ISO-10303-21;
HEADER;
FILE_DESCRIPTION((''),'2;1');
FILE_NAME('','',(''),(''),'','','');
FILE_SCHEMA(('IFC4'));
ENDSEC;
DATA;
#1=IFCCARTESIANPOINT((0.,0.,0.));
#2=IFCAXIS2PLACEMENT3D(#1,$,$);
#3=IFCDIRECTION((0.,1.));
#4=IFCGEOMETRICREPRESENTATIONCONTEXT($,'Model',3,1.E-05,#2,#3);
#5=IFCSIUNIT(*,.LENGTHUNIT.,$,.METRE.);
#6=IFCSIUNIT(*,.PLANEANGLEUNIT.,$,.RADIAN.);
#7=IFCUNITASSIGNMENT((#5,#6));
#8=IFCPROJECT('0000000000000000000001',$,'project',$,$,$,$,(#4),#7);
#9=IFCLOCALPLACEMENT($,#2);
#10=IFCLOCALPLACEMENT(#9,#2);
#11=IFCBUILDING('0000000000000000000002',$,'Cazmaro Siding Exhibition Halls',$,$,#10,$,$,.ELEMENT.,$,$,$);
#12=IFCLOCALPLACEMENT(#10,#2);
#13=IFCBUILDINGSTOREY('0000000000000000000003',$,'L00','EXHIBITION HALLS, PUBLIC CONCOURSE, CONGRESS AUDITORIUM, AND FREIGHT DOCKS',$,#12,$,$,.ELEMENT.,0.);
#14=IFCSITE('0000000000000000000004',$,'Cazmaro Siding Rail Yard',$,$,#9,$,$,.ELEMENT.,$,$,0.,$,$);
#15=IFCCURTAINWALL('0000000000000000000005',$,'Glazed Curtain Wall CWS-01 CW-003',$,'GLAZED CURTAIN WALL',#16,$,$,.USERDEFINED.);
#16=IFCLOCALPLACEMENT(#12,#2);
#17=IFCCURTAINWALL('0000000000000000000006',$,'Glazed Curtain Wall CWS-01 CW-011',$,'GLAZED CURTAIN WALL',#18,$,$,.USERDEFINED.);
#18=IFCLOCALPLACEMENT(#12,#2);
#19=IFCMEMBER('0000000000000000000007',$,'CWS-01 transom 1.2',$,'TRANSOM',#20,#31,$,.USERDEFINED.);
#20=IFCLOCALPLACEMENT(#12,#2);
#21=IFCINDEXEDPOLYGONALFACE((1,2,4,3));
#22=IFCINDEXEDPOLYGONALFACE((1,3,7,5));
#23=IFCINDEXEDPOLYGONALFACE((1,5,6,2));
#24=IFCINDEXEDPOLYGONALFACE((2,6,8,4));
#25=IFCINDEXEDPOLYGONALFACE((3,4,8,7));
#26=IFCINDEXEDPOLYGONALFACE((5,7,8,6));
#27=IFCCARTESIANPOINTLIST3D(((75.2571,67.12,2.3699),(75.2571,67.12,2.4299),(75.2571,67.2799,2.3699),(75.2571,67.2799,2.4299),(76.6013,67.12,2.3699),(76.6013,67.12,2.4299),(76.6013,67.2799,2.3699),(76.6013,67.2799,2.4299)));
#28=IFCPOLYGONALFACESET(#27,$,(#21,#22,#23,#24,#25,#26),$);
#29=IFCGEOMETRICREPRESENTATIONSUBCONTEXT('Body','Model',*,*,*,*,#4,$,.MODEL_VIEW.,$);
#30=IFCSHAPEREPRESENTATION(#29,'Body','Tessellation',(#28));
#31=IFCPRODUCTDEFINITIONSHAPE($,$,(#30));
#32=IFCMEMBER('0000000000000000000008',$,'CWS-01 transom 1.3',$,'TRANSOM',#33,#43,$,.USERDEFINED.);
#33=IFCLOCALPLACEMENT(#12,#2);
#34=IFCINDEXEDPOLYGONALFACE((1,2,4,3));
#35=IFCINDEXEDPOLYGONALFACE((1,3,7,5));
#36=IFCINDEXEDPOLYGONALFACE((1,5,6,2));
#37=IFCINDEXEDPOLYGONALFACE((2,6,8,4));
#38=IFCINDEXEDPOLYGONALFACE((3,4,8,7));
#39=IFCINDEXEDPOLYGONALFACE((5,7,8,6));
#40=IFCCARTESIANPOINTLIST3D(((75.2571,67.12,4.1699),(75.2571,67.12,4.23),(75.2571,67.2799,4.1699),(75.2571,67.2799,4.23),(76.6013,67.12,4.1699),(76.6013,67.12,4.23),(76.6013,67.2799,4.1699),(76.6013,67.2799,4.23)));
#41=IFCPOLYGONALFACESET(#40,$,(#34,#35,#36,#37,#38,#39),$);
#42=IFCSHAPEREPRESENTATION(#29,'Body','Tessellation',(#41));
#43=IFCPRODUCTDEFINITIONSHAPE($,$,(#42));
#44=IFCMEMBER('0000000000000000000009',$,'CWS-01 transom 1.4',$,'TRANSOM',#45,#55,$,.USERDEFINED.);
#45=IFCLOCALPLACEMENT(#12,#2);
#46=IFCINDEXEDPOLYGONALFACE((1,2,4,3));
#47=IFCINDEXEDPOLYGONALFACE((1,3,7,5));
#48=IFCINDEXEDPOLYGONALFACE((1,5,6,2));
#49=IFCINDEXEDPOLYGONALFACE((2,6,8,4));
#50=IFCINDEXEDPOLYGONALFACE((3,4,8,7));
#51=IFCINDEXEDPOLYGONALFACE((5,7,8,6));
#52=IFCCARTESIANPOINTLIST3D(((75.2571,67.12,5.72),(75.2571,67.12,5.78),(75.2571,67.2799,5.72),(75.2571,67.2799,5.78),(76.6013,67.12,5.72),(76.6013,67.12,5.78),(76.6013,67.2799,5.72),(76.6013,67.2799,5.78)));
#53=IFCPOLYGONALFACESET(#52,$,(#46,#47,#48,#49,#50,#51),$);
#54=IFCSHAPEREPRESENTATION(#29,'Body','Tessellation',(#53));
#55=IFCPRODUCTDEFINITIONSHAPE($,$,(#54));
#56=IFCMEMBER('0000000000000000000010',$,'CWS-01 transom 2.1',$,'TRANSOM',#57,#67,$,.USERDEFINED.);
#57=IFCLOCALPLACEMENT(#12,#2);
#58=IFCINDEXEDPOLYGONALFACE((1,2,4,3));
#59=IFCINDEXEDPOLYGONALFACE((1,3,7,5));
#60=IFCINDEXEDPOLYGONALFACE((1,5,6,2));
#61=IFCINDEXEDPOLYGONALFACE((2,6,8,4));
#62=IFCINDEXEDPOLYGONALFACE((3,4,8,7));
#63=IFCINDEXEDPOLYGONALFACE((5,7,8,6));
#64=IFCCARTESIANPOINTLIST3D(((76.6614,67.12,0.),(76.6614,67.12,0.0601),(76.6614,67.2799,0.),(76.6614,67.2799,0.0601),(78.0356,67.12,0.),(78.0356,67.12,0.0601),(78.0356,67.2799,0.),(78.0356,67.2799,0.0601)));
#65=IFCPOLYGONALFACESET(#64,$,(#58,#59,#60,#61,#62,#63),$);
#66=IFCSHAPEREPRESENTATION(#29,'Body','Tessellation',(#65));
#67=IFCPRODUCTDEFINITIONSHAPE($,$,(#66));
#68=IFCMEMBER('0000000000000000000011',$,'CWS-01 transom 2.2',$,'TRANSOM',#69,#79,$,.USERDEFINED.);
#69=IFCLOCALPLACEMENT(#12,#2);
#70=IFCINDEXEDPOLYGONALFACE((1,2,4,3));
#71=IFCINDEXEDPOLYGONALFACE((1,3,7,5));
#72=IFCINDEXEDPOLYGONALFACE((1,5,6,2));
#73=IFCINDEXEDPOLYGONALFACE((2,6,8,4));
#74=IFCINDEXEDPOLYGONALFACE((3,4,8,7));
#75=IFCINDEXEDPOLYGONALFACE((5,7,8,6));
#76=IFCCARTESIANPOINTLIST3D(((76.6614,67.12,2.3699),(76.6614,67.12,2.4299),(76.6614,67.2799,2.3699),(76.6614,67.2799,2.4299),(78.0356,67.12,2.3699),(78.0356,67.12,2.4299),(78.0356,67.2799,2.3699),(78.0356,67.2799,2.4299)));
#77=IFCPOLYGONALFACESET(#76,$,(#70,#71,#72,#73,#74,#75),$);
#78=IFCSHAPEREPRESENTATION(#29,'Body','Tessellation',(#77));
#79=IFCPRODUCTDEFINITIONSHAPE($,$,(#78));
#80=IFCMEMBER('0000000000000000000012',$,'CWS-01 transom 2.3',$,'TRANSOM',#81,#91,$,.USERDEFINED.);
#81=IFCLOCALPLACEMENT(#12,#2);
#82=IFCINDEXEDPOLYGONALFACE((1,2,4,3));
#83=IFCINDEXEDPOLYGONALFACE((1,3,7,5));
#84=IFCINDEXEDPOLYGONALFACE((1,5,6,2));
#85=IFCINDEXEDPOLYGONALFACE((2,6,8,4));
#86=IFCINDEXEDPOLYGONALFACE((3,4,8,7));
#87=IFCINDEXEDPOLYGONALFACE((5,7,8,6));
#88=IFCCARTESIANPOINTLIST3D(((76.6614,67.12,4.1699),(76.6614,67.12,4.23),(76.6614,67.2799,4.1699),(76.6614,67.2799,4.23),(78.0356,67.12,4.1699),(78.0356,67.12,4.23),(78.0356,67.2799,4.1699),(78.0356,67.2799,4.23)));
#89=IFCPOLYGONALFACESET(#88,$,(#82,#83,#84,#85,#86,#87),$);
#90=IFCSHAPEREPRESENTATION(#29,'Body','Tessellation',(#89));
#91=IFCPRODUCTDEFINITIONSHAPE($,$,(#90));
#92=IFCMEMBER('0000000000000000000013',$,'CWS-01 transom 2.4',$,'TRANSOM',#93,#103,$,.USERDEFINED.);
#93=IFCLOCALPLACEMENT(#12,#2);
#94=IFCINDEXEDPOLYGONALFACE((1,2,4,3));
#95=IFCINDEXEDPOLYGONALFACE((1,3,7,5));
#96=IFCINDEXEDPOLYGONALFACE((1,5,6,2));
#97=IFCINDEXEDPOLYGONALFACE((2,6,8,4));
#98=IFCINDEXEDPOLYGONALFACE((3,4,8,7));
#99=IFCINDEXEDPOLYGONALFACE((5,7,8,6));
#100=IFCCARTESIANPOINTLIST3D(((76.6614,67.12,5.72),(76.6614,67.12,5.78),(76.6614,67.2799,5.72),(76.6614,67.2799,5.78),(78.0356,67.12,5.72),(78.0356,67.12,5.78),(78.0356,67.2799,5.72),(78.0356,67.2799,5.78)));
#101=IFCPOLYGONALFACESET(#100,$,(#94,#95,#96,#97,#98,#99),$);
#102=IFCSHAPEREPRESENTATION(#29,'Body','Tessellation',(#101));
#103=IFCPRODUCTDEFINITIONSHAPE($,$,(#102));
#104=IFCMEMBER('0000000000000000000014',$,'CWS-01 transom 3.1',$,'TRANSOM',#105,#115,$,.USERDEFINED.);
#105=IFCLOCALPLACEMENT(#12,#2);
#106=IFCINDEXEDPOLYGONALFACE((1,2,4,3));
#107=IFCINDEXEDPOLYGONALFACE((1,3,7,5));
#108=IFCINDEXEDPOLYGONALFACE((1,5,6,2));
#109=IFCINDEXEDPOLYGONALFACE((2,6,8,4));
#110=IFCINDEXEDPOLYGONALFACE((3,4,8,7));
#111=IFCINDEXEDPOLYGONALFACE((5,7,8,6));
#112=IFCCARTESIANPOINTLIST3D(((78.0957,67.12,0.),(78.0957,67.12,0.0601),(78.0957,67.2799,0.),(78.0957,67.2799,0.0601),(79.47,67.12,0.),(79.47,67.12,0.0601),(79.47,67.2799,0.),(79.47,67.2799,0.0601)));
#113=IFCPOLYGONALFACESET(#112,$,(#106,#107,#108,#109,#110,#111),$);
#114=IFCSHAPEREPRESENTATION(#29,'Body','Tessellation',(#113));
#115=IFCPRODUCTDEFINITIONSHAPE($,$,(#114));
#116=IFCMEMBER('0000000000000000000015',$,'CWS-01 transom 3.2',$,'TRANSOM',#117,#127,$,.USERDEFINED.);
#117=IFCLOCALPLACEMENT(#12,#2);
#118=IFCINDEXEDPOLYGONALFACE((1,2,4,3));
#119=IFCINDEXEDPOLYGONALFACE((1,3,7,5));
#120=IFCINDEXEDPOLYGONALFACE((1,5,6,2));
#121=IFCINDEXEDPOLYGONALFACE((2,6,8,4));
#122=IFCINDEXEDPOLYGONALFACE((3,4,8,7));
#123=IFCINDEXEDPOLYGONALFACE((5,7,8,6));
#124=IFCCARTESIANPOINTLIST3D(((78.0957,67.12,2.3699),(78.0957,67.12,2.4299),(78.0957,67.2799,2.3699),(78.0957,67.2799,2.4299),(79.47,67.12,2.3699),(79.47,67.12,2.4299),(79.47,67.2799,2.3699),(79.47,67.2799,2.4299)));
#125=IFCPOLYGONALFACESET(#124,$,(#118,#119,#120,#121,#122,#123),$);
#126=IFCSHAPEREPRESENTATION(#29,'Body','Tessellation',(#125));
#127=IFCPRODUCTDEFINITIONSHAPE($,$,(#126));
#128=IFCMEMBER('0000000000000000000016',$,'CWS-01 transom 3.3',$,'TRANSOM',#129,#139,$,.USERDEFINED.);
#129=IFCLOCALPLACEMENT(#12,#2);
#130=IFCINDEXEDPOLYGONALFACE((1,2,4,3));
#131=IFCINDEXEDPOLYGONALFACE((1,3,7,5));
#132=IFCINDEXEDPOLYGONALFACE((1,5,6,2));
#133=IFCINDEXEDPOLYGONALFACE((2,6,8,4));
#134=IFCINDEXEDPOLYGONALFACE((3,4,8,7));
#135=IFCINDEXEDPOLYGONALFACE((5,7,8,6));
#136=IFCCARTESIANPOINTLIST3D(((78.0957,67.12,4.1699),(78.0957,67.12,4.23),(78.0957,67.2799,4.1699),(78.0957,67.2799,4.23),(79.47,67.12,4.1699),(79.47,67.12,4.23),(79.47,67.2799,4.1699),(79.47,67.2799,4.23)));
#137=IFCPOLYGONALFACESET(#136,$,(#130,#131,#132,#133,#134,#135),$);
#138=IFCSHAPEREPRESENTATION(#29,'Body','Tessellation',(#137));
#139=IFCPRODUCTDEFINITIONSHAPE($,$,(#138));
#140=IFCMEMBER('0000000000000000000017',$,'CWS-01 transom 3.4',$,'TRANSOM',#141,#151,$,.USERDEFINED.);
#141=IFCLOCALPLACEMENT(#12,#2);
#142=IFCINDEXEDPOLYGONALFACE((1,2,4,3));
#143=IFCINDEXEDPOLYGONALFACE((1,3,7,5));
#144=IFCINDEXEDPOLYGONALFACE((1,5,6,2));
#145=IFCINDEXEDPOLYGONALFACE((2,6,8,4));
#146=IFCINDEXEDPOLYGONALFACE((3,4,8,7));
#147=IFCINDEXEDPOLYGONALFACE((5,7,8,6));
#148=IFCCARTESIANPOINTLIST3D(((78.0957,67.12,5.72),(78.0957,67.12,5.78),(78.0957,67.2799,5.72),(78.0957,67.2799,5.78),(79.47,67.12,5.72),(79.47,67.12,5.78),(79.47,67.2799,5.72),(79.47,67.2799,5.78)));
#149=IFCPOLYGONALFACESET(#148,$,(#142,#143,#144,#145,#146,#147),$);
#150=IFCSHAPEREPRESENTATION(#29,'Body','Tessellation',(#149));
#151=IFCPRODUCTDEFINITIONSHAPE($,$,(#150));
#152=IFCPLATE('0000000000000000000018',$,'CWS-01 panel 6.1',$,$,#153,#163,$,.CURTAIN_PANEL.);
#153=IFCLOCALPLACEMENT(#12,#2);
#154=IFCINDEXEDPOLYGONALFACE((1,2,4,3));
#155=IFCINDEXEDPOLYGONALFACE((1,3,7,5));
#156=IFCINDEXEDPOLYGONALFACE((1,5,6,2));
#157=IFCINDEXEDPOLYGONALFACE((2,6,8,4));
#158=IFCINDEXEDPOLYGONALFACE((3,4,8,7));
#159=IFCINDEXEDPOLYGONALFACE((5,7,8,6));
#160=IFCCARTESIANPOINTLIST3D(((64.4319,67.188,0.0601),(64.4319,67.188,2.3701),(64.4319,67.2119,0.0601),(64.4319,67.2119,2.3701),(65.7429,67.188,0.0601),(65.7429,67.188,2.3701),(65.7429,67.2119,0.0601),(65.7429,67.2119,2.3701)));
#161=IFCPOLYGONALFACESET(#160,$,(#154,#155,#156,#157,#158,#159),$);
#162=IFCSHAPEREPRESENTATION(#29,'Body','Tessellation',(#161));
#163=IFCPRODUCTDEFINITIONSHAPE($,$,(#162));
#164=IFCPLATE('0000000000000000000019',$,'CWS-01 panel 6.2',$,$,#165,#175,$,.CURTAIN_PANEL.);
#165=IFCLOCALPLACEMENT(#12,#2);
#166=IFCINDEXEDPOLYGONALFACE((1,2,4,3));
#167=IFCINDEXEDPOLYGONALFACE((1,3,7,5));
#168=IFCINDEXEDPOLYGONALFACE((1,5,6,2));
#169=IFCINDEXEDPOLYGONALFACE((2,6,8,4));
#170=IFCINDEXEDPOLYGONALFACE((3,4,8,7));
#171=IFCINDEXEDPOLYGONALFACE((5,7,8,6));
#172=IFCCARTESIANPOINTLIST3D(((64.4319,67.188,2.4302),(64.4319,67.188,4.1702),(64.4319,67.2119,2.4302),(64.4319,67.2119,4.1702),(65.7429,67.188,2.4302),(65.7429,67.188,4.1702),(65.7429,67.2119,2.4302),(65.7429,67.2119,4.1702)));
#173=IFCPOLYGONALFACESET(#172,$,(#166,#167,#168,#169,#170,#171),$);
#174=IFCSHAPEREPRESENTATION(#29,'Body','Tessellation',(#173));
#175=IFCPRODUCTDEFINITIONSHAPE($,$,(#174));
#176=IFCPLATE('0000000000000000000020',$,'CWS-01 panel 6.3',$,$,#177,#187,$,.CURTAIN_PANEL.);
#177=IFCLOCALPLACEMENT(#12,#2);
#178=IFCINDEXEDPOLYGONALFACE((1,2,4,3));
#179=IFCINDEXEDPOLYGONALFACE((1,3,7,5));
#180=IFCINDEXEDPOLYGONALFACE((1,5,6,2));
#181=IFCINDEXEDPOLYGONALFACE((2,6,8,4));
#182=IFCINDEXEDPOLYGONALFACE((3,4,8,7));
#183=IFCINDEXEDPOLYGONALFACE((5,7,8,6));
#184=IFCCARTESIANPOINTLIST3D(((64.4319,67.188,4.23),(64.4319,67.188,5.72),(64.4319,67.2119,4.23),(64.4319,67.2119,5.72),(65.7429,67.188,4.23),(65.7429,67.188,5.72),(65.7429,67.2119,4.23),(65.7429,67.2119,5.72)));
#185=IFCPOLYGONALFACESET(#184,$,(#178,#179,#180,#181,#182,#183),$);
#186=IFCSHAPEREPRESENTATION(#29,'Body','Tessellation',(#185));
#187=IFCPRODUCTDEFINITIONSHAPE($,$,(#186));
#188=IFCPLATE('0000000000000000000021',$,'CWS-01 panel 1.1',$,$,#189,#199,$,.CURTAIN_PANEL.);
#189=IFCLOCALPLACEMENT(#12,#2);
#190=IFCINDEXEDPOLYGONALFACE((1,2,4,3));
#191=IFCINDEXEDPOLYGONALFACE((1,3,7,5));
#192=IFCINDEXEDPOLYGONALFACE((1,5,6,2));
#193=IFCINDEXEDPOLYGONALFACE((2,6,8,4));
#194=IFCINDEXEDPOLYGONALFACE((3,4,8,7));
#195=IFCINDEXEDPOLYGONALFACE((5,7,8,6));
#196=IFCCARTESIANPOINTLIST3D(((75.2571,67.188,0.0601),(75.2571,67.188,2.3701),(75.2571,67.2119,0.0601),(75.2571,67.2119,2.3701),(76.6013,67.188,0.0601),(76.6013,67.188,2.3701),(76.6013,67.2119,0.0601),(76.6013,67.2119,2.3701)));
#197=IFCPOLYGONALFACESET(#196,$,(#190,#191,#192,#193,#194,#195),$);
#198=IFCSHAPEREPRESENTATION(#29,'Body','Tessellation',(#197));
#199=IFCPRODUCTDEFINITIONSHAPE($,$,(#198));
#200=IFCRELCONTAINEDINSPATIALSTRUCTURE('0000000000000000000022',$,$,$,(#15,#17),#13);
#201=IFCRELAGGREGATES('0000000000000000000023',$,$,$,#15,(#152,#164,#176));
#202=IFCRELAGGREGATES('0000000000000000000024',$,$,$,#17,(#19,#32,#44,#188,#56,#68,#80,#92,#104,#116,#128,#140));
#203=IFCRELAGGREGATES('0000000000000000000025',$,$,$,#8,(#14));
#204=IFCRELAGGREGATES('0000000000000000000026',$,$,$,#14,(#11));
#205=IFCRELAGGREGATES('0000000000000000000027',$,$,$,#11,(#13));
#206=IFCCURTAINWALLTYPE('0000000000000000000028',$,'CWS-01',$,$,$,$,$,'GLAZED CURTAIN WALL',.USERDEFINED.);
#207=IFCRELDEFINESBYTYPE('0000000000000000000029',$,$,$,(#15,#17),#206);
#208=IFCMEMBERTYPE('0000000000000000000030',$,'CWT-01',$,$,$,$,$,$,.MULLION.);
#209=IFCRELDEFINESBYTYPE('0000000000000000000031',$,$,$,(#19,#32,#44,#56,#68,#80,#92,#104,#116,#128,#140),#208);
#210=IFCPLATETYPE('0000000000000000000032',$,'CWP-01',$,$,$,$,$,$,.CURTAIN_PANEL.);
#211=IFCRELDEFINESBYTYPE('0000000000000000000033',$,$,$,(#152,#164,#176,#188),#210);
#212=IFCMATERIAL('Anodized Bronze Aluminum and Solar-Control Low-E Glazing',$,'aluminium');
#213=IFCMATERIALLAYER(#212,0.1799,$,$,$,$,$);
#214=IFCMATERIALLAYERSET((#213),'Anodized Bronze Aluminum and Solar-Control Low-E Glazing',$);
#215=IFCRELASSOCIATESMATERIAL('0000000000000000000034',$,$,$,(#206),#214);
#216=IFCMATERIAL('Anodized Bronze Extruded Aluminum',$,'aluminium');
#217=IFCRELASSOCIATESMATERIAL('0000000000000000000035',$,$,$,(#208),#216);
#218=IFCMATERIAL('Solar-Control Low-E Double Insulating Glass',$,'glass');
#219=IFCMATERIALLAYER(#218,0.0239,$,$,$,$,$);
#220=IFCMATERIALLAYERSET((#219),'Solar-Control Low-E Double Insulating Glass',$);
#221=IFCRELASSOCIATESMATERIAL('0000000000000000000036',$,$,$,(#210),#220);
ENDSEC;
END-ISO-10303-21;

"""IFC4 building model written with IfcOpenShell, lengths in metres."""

from ifc_helpers import new_model, si_unit, direction, frame, origin, origin_2d, place, context, subcontext, project, spatial, rectangle, extrude, material, layer, layer_set, material_profile, profile_set, type_object, element, aggregate, save


model = new_model("IFC4")

# Units and contexts
model_context = context("Model", 3, precision=1e-05, world=origin(), true_north=direction((0.0, 1.0)))
body_context = subcontext(model_context, "Body", "Model", "MODEL_VIEW")
ifc_project = project(units=[si_unit("LENGTHUNIT", "METRE"), si_unit("PLANEANGLEUNIT", "RADIAN")], contexts=[model_context])

# Site, building, storey
site_placement = place(None, origin())
site = spatial("IfcSite", under=ifc_project, at=site_placement, Name="Cazmaro Siding Rail Yard", CompositionType="ELEMENT", RefElevation=0.0)
building_placement = place(site_placement, origin())
building = spatial("IfcBuilding", under=site, at=building_placement, Name="Cazmaro Siding Exhibition Halls", CompositionType="ELEMENT")
storey_placement = place(building_placement, origin())
storey = spatial("IfcBuildingStorey", under=building, at=storey_placement, Name="L00", Description="EXHIBITION HALLS, PUBLIC CONCOURSE, CONGRESS AUDITORIUM, AND FREIGHT DOCKS", CompositionType="ELEMENT", Elevation=0.0)

# Curtain walls
ifc_material_1 = material(Name="Anodized Bronze Aluminum and Solar-Control Low-E Glazing", Category="aluminium")
ifc_layer_1 = layer(ifc_material_1, 0.1799)
ifc_layer_set_1 = layer_set([ifc_layer_1], Name="Anodized Bronze Aluminum and Solar-Control Low-E Glazing")
curtain_wall_type = type_object("IfcCurtainWallType", Name="CWS-01", ElementType="GLAZED CURTAIN WALL", PredefinedType="USERDEFINED", material=ifc_layer_set_1)
curtain_wall_1_placement = place(storey_placement, origin())
curtain_wall_1 = element("IfcCurtainWall", 1, at=curtain_wall_1_placement, inside=storey, type_object=curtain_wall_type, Name="Glazed Curtain Wall CWS-01 CW-003", ObjectType="GLAZED CURTAIN WALL", PredefinedType="USERDEFINED")
curtain_wall_2_placement = place(storey_placement, origin())
curtain_wall_2 = element("IfcCurtainWall", 2, at=curtain_wall_2_placement, inside=storey, type_object=curtain_wall_type, Name="Glazed Curtain Wall CWS-01 CW-011", ObjectType="GLAZED CURTAIN WALL", PredefinedType="USERDEFINED")

# Members
ifc_material_2 = material(Name="Anodized Bronze Extruded Aluminum", Category="aluminium")
ifc_material_profile_1 = material_profile(ifc_material_2, rectangle(XDim=0.1599, YDim=0.0601, at=origin_2d()), Name="CWT-01")
ifc_profile_set_1 = profile_set([ifc_material_profile_1], Name="Anodized Bronze Extruded Aluminum")
member_type_1 = type_object("IfcMemberType", Name="CWT-01", PredefinedType="MULLION", material=ifc_profile_set_1)
member_1_placement = place(storey_placement, frame((75.2571, 67.2, 2.3999), z_axis=(1.0, 0.0, 0.0), x_axis=(0.0, 1.0, 0.0)))
member_1 = element("IfcMember", 3, at=member_1_placement, type_object=member_type_1, Name="CWS-01 transom 1.2", ObjectType="TRANSOM", PredefinedType="USERDEFINED", context=body_context, shape_type="SweptSolid", body=[
    extrude(rectangle(XDim=0.1599, YDim=0.0601, at=origin_2d()), origin(), (0.0, 0.0, 1.0), 1.3442),
])
member_2_placement = place(storey_placement, frame((75.2571, 67.2, 4.2), z_axis=(1.0, 0.0, 0.0), x_axis=(0.0, 1.0, 0.0)))
member_2 = element("IfcMember", 4, at=member_2_placement, type_object=member_type_1, Name="CWS-01 transom 1.3", ObjectType="TRANSOM", PredefinedType="USERDEFINED", context=body_context, shape_type="SweptSolid", body=[
    extrude(rectangle(XDim=0.1599, YDim=0.0601, at=origin_2d()), origin(), (0.0, 0.0, 1.0), 1.3442),
])
member_3_placement = place(storey_placement, frame((75.2571, 67.2, 5.75), z_axis=(1.0, 0.0, 0.0), x_axis=(0.0, 1.0, 0.0)))
member_3 = element("IfcMember", 5, at=member_3_placement, type_object=member_type_1, Name="CWS-01 transom 1.4", ObjectType="TRANSOM", PredefinedType="USERDEFINED", context=body_context, shape_type="SweptSolid", body=[
    extrude(rectangle(XDim=0.1599, YDim=0.0601, at=origin_2d()), origin(), (0.0, 0.0, 1.0), 1.3442),
])
member_4_placement = place(storey_placement, frame((76.6614, 67.2, 0.03), z_axis=(1.0, 0.0, 0.0), x_axis=(0.0, 1.0, 0.0)))
member_4 = element("IfcMember", 6, at=member_4_placement, type_object=member_type_1, Name="CWS-01 transom 2.1", ObjectType="TRANSOM", PredefinedType="USERDEFINED", context=body_context, shape_type="SweptSolid", body=[
    extrude(rectangle(XDim=0.1599, YDim=0.0601, at=origin_2d()), origin(), (0.0, 0.0, 1.0), 1.3743),
])
member_5_placement = place(storey_placement, frame((76.6614, 67.2, 2.3999), z_axis=(1.0, 0.0, 0.0), x_axis=(0.0, 1.0, 0.0)))
member_5 = element("IfcMember", 7, at=member_5_placement, type_object=member_type_1, Name="CWS-01 transom 2.2", ObjectType="TRANSOM", PredefinedType="USERDEFINED", context=body_context, shape_type="SweptSolid", body=[
    extrude(rectangle(XDim=0.1599, YDim=0.0601, at=origin_2d()), origin(), (0.0, 0.0, 1.0), 1.3743),
])
member_6_placement = place(storey_placement, frame((76.6614, 67.2, 4.2), z_axis=(1.0, 0.0, 0.0), x_axis=(0.0, 1.0, 0.0)))
member_6 = element("IfcMember", 8, at=member_6_placement, type_object=member_type_1, Name="CWS-01 transom 2.3", ObjectType="TRANSOM", PredefinedType="USERDEFINED", context=body_context, shape_type="SweptSolid", body=[
    extrude(rectangle(XDim=0.1599, YDim=0.0601, at=origin_2d()), origin(), (0.0, 0.0, 1.0), 1.3743),
])
member_7_placement = place(storey_placement, frame((76.6614, 67.2, 5.75), z_axis=(1.0, 0.0, 0.0), x_axis=(0.0, 1.0, 0.0)))
member_7 = element("IfcMember", 9, at=member_7_placement, type_object=member_type_1, Name="CWS-01 transom 2.4", ObjectType="TRANSOM", PredefinedType="USERDEFINED", context=body_context, shape_type="SweptSolid", body=[
    extrude(rectangle(XDim=0.1599, YDim=0.0601, at=origin_2d()), origin(), (0.0, 0.0, 1.0), 1.3743),
])
member_8_placement = place(storey_placement, frame((78.0957, 67.2, 0.03), z_axis=(1.0, 0.0, 0.0), x_axis=(0.0, 1.0, 0.0)))
member_8 = element("IfcMember", 10, at=member_8_placement, type_object=member_type_1, Name="CWS-01 transom 3.1", ObjectType="TRANSOM", PredefinedType="USERDEFINED", context=body_context, shape_type="SweptSolid", body=[
    extrude(rectangle(XDim=0.1599, YDim=0.0601, at=origin_2d()), origin(), (0.0, 0.0, 1.0), 1.3743),
])
member_9_placement = place(storey_placement, frame((78.0957, 67.2, 2.3999), z_axis=(1.0, 0.0, 0.0), x_axis=(0.0, 1.0, 0.0)))
member_9 = element("IfcMember", 11, at=member_9_placement, type_object=member_type_1, Name="CWS-01 transom 3.2", ObjectType="TRANSOM", PredefinedType="USERDEFINED", context=body_context, shape_type="SweptSolid", body=[
    extrude(rectangle(XDim=0.1599, YDim=0.0601, at=origin_2d()), origin(), (0.0, 0.0, 1.0), 1.3743),
])
member_10_placement = place(storey_placement, frame((78.0957, 67.2, 4.2), z_axis=(1.0, 0.0, 0.0), x_axis=(0.0, 1.0, 0.0)))
member_10 = element("IfcMember", 12, at=member_10_placement, type_object=member_type_1, Name="CWS-01 transom 3.3", ObjectType="TRANSOM", PredefinedType="USERDEFINED", context=body_context, shape_type="SweptSolid", body=[
    extrude(rectangle(XDim=0.1599, YDim=0.0601, at=origin_2d()), origin(), (0.0, 0.0, 1.0), 1.3743),
])
member_11_placement = place(storey_placement, frame((78.0957, 67.2, 5.75), z_axis=(1.0, 0.0, 0.0), x_axis=(0.0, 1.0, 0.0)))
member_11 = element("IfcMember", 13, at=member_11_placement, type_object=member_type_1, Name="CWS-01 transom 3.4", ObjectType="TRANSOM", PredefinedType="USERDEFINED", context=body_context, shape_type="SweptSolid", body=[
    extrude(rectangle(XDim=0.1599, YDim=0.0601, at=origin_2d()), origin(), (0.0, 0.0, 1.0), 1.3743),
])

# Plates
ifc_material_3 = material(Name="Solar-Control Low-E Double Insulating Glass", Category="glass")
ifc_layer_2 = layer(ifc_material_3, 0.0239)
ifc_layer_set_2 = layer_set([ifc_layer_2], Name="Solar-Control Low-E Double Insulating Glass")
plate_type = type_object("IfcPlateType", Name="CWP-01", PredefinedType="CURTAIN_PANEL", material=ifc_layer_set_2)
plate_1_placement = place(storey_placement, frame((65.0874, 67.2, 0.0601), z_axis=(0.0, 0.0, 1.0), x_axis=(1.0, 0.0, 0.0)))
plate_1 = element("IfcPlate", 14, at=plate_1_placement, type_object=plate_type, Name="CWS-01 panel 6.1", PredefinedType="CURTAIN_PANEL", context=body_context, shape_type="SweptSolid", body=[
    extrude(rectangle(XDim=1.311, YDim=0.0239, at=origin_2d()), origin(), (0.0, 0.0, 1.0), 2.3101),
])
plate_2_placement = place(storey_placement, frame((65.0874, 67.2, 2.4302), z_axis=(0.0, 0.0, 1.0), x_axis=(1.0, 0.0, 0.0)))
plate_2 = element("IfcPlate", 15, at=plate_2_placement, type_object=plate_type, Name="CWS-01 panel 6.2", PredefinedType="CURTAIN_PANEL", context=body_context, shape_type="SweptSolid", body=[
    extrude(rectangle(XDim=1.311, YDim=0.0239, at=origin_2d()), origin(), (0.0, 0.0, 1.0), 1.74),
])
plate_3_placement = place(storey_placement, frame((65.0874, 67.2, 4.23), z_axis=(0.0, 0.0, 1.0), x_axis=(1.0, 0.0, 0.0)))
plate_3 = element("IfcPlate", 16, at=plate_3_placement, type_object=plate_type, Name="CWS-01 panel 6.3", PredefinedType="CURTAIN_PANEL", context=body_context, shape_type="SweptSolid", body=[
    extrude(rectangle(XDim=1.311, YDim=0.0239, at=origin_2d()), origin(), (0.0, 0.0, 1.0), 1.49),
])
aggregate(curtain_wall_1, [plate_1, plate_2, plate_3])
plate_4_placement = place(storey_placement, frame((75.9292, 67.2, 0.0601), z_axis=(0.0, 0.0, 1.0), x_axis=(1.0, 0.0, 0.0)))
plate_4 = element("IfcPlate", 17, at=plate_4_placement, type_object=plate_type, Name="CWS-01 panel 1.1", PredefinedType="CURTAIN_PANEL", context=body_context, shape_type="SweptSolid", body=[
    extrude(rectangle(XDim=1.3442, YDim=0.0239, at=origin_2d()), origin(), (0.0, 0.0, 1.0), 2.3101),
])
aggregate(curtain_wall_2, [member_1, member_2, member_3, plate_4, member_4, member_5, member_6, member_7, member_8, member_9, member_10, member_11])

save(model, "model.ifc")
